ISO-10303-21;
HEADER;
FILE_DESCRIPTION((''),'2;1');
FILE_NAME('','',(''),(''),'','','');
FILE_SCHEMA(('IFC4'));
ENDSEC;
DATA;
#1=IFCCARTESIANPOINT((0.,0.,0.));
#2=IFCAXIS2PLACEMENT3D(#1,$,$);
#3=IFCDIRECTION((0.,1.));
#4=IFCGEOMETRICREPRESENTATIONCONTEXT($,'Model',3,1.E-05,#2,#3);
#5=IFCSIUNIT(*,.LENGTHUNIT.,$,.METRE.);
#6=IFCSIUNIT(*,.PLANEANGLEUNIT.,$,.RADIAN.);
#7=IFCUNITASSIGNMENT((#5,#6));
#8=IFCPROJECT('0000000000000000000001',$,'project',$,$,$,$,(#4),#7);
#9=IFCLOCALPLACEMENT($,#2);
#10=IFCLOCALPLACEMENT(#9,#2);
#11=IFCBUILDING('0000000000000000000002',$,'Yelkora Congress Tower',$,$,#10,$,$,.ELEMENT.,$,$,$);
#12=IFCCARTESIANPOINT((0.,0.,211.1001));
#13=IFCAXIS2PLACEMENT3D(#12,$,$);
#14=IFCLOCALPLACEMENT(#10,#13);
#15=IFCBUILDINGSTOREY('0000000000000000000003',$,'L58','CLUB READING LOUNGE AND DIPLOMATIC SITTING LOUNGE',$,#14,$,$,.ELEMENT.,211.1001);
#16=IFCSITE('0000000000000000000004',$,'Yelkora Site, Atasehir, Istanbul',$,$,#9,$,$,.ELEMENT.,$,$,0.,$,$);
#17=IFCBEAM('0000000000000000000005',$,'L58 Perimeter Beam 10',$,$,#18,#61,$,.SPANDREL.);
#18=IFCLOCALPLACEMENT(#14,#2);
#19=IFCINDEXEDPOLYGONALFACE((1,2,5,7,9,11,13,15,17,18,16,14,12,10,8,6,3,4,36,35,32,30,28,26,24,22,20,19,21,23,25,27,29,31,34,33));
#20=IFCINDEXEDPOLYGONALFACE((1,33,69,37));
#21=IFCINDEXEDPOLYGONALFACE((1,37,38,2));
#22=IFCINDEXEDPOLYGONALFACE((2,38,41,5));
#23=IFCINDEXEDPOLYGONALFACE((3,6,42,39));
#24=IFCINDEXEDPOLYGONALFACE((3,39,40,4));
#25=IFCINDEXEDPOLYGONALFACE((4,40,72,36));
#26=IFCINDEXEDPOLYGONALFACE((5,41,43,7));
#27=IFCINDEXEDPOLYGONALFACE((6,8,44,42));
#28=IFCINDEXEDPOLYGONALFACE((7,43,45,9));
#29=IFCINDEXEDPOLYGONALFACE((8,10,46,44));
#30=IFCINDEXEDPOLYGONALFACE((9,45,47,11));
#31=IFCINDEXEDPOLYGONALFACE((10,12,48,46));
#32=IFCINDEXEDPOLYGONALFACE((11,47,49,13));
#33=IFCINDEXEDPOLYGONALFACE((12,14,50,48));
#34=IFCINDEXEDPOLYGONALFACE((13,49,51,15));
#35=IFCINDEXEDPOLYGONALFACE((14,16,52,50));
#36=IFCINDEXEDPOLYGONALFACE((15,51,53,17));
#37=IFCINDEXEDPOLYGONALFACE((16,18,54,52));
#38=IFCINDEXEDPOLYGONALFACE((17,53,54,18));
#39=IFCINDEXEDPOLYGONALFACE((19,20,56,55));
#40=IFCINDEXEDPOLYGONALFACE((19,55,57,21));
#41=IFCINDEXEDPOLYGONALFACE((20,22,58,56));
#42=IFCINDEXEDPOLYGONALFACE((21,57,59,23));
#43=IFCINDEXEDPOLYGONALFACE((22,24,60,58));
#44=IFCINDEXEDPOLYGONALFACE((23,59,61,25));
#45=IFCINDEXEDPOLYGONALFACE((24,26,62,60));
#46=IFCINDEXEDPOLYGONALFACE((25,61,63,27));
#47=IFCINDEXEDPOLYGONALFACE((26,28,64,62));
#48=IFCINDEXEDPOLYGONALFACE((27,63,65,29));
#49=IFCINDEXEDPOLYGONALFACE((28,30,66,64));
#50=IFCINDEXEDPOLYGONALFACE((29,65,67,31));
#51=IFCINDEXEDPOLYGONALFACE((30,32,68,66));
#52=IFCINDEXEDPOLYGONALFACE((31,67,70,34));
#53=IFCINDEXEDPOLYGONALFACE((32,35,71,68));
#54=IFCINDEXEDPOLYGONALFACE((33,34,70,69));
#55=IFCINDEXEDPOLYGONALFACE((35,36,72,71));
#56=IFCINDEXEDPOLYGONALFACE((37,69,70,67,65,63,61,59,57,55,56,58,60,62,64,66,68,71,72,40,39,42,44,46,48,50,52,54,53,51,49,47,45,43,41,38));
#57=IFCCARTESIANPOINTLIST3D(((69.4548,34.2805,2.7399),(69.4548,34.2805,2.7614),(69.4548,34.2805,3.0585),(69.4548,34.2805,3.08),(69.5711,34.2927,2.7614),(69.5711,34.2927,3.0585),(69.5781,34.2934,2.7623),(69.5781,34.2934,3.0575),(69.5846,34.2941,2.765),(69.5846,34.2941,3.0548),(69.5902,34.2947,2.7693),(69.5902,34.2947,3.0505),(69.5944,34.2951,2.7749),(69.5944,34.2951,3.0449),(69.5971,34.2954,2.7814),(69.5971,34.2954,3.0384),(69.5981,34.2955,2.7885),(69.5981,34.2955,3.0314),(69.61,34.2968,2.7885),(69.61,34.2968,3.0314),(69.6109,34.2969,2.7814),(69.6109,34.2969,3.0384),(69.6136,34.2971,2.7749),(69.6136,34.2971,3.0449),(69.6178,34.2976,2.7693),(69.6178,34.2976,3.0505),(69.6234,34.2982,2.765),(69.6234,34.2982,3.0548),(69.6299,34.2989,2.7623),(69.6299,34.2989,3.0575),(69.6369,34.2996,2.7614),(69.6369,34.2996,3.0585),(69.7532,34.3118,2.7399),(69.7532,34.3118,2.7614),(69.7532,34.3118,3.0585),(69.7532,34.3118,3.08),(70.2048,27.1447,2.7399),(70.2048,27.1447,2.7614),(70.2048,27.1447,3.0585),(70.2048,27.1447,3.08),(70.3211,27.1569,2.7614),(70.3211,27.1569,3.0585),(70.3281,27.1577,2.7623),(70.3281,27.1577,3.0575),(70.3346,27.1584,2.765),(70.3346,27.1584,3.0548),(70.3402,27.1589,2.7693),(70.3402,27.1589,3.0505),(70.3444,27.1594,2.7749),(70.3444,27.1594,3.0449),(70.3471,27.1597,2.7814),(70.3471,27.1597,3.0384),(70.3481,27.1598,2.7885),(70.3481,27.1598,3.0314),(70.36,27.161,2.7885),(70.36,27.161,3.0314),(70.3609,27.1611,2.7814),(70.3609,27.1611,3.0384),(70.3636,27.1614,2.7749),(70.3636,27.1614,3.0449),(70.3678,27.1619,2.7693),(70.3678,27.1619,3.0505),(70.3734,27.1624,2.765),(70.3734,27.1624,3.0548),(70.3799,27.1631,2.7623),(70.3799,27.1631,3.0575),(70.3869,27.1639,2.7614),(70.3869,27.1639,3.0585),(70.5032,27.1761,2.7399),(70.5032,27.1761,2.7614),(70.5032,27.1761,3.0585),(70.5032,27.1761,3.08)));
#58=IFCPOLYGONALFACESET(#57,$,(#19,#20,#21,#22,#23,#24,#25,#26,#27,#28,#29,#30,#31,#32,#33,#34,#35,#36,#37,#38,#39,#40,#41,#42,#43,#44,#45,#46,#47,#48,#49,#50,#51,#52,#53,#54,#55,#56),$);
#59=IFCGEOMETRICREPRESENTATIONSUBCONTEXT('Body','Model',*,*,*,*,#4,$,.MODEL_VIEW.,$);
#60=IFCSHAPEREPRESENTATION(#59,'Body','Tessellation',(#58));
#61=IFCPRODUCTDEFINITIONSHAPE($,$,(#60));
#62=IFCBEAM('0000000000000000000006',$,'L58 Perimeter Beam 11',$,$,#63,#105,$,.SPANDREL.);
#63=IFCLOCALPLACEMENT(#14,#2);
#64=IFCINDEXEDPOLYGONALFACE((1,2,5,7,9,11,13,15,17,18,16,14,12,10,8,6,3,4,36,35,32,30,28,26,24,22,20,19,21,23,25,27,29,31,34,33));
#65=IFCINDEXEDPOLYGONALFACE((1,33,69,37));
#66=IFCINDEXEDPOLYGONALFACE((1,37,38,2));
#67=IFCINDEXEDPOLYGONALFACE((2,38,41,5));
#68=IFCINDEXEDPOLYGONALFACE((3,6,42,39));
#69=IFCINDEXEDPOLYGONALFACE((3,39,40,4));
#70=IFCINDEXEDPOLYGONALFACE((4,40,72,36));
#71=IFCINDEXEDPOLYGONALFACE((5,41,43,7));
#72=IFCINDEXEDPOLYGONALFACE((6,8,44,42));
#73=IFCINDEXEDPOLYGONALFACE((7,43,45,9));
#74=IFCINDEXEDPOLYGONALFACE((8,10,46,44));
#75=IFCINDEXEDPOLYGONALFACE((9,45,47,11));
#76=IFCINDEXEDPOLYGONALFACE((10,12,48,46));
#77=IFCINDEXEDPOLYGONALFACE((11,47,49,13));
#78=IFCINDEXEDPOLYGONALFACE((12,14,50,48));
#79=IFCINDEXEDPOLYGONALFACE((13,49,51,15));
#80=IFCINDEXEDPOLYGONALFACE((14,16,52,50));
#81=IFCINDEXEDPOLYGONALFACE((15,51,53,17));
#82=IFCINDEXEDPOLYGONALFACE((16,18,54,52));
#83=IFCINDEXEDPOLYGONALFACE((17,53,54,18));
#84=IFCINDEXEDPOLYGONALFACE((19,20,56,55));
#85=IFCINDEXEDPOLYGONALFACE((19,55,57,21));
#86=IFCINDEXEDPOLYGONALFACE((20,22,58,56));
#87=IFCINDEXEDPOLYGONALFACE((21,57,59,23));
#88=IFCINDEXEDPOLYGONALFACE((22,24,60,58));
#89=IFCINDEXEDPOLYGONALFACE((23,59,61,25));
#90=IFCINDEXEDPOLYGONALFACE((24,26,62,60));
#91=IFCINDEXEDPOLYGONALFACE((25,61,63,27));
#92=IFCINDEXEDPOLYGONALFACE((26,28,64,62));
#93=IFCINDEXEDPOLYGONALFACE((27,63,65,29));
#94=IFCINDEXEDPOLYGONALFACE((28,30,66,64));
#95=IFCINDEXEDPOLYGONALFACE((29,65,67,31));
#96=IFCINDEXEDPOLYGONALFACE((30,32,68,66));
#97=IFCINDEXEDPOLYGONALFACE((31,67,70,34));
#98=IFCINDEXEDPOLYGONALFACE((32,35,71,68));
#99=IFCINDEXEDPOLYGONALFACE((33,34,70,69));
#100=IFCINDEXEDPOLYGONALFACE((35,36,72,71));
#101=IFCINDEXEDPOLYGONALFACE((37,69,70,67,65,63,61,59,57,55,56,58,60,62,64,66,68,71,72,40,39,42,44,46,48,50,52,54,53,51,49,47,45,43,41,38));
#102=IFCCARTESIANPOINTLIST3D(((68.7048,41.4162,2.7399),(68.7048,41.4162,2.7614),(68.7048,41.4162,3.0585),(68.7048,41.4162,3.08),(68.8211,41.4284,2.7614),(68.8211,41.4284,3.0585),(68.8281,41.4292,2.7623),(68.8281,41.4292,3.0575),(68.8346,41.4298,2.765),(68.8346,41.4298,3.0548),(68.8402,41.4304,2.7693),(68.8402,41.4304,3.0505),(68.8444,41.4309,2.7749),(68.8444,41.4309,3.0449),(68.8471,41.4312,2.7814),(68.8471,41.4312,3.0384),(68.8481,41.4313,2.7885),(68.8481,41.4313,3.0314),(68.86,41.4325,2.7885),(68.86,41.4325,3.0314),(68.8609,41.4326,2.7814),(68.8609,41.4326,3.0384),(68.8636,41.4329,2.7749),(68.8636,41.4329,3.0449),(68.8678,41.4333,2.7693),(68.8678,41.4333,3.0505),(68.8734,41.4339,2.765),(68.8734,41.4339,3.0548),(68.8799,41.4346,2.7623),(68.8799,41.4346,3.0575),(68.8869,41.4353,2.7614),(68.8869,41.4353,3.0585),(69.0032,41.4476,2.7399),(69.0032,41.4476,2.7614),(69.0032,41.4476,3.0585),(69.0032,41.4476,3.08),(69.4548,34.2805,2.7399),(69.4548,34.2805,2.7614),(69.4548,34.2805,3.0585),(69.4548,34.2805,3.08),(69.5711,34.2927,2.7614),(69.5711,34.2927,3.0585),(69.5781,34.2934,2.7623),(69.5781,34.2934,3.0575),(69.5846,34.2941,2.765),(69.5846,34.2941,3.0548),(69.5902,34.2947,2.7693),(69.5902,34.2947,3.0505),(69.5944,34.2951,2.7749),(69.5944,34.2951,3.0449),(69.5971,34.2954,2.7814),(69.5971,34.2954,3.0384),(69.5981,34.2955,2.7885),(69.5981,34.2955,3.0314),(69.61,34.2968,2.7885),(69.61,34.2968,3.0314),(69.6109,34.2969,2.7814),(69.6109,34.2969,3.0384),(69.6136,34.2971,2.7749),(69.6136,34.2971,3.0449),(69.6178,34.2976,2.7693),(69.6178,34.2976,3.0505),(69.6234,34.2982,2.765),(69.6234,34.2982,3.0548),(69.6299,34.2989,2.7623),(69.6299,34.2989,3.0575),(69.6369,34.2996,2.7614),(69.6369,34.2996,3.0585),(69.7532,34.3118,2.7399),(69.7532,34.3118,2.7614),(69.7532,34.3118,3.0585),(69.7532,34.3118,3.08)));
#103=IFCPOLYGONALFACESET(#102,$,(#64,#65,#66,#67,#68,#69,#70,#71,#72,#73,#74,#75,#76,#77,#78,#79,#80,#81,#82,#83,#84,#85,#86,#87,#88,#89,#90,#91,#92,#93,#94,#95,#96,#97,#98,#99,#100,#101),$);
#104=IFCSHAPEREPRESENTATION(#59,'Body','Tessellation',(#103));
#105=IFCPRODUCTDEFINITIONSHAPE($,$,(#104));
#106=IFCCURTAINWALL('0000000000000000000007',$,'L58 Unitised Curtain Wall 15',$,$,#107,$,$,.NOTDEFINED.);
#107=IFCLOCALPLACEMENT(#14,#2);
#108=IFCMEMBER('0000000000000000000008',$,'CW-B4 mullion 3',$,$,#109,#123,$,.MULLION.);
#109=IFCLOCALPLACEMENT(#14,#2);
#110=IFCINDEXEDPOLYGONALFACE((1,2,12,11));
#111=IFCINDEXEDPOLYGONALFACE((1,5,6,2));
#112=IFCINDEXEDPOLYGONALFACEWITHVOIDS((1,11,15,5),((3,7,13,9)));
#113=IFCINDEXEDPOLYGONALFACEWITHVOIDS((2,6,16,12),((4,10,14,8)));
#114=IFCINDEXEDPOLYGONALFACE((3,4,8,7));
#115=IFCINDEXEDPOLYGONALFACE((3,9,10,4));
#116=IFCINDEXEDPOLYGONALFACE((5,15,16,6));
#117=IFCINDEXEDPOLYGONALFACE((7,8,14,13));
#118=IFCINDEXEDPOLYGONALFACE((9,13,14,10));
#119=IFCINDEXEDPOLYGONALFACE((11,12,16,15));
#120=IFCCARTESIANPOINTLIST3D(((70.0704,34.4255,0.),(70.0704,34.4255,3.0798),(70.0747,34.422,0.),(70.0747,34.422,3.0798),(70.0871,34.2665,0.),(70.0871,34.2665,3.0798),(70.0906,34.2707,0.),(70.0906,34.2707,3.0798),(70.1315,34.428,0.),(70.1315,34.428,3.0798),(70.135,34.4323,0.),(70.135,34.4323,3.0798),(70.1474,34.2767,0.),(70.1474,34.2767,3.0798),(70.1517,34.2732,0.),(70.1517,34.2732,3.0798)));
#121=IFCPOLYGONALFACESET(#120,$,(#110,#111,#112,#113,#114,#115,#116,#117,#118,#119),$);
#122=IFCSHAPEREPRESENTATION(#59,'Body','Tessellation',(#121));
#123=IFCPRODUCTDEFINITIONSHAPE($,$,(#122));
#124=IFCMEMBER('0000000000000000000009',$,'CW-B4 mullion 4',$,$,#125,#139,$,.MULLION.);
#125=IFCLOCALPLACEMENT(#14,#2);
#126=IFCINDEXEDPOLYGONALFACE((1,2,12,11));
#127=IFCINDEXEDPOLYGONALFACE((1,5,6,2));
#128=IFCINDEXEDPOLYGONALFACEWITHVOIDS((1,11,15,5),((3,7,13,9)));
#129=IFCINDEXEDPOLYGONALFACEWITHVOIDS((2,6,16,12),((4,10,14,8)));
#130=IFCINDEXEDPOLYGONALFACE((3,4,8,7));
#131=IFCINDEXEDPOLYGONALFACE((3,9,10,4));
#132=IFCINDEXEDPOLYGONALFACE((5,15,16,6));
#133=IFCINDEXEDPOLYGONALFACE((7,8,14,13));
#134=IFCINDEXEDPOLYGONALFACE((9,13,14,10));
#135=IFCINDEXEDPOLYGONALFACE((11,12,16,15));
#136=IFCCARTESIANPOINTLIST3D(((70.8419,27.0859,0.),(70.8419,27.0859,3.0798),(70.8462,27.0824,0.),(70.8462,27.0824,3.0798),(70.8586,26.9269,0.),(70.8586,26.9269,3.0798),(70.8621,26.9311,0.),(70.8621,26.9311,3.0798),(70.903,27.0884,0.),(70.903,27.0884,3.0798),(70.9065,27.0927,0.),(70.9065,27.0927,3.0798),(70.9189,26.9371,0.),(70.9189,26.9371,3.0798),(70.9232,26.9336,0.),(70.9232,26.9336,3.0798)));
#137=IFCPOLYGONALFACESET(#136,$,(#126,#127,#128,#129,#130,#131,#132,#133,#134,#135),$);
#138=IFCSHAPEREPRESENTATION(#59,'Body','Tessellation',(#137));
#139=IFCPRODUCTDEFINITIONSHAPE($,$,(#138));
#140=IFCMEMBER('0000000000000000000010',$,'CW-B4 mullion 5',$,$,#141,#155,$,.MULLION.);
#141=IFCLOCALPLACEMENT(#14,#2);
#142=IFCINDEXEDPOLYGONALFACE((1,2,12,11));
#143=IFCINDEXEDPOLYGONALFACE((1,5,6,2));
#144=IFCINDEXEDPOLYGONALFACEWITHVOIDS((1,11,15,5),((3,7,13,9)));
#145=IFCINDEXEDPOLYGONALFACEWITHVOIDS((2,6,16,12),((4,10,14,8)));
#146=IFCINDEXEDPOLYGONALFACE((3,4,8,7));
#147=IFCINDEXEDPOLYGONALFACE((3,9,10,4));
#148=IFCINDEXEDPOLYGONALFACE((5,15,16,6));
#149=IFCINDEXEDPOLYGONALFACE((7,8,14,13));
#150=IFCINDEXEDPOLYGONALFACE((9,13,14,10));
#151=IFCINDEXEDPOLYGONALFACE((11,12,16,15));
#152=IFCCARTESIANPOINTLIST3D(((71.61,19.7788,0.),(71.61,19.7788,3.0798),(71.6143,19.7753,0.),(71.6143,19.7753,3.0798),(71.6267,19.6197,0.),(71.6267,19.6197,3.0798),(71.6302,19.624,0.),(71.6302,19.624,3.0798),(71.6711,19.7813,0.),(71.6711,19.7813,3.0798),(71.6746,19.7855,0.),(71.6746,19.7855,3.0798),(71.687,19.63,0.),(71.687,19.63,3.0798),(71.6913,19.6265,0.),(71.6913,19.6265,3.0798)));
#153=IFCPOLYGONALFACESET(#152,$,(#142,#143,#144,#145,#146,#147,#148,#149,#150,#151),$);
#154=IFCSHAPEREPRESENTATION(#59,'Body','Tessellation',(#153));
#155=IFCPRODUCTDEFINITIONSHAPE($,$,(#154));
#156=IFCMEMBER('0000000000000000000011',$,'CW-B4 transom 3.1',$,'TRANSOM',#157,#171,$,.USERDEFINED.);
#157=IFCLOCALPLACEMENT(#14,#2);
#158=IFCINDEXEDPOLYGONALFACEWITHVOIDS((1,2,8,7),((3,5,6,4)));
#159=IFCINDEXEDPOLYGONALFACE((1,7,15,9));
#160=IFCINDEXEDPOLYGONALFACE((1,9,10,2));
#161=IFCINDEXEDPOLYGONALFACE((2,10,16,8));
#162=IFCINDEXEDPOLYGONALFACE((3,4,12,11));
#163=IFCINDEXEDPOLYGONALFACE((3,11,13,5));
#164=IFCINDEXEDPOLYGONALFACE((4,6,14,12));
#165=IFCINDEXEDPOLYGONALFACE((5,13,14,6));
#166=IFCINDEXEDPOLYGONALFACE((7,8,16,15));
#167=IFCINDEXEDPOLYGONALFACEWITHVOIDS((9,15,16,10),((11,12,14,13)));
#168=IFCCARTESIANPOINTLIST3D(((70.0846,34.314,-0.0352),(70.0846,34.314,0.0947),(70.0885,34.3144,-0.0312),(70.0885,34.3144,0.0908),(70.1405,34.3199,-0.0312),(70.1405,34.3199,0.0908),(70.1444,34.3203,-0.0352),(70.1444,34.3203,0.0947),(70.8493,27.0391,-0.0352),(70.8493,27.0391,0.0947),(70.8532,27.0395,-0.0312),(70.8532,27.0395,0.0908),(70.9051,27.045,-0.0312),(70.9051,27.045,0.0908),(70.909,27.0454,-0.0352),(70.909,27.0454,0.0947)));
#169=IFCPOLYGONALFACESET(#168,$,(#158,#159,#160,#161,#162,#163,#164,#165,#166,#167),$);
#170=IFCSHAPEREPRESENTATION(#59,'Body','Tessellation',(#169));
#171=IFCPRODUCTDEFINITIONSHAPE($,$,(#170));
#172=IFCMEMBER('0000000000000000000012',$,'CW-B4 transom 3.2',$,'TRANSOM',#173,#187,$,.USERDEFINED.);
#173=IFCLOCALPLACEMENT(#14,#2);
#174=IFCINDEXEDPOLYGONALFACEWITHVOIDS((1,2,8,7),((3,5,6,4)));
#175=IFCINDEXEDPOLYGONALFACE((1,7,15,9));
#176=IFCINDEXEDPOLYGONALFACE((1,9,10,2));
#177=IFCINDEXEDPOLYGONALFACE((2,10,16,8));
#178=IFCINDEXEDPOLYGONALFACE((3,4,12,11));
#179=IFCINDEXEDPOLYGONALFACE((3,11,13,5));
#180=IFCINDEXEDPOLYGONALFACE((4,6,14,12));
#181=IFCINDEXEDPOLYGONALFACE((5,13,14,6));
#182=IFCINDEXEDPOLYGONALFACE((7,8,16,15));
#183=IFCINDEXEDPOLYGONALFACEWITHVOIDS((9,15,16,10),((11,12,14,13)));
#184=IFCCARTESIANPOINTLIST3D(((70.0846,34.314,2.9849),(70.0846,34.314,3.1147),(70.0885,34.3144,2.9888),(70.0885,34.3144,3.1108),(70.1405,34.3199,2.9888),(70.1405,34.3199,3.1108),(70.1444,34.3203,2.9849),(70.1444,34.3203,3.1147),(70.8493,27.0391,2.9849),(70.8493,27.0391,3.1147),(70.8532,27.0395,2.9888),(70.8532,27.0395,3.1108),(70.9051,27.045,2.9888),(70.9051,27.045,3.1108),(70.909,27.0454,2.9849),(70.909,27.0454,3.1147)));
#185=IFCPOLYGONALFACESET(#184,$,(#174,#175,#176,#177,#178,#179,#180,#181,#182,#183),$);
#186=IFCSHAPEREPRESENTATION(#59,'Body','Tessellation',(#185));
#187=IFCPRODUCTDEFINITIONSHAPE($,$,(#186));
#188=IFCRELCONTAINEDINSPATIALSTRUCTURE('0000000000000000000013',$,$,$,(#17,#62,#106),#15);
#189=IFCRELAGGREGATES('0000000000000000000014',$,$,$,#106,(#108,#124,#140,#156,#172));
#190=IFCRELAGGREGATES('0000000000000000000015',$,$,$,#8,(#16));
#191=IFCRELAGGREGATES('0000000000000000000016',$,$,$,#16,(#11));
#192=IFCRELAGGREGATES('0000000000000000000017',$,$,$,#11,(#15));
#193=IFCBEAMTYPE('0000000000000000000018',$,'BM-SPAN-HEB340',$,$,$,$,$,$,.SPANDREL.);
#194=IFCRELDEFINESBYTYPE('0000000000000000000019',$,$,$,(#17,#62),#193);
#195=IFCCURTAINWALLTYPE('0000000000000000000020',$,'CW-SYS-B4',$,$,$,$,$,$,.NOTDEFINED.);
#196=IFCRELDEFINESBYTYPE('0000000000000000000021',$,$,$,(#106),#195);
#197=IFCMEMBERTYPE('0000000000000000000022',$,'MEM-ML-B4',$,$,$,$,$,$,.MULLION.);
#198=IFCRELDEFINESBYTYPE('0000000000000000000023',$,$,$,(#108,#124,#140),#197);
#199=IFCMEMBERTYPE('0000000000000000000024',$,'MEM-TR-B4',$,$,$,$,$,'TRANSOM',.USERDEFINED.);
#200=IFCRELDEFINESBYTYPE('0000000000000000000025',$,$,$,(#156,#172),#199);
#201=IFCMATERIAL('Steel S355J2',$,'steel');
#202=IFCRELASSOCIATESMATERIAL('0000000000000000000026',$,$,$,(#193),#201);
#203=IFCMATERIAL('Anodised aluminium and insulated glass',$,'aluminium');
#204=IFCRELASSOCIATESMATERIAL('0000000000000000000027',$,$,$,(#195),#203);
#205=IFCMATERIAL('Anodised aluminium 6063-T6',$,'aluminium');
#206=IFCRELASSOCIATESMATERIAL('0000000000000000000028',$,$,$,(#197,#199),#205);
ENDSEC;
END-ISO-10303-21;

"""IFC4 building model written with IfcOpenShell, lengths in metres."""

from ifc_helpers import new_model, si_unit, direction, frame, origin, origin_2d, place, context, subcontext, project, spatial, hollow_rectangle, i_section, extrude, material, material_profile, profile_set, type_object, element, aggregate, save


model = new_model("IFC4")

# Units and contexts
model_context = context("Model", 3, precision=1e-05, world=origin(), true_north=direction((0.0, 1.0)))
body_context = subcontext(model_context, "Body", "Model", "MODEL_VIEW")
ifc_project = project(units=[si_unit("LENGTHUNIT", "METRE"), si_unit("PLANEANGLEUNIT", "RADIAN")], contexts=[model_context])

# Site, building, storey
site_placement = place(None, origin())
site = spatial("IfcSite", under=ifc_project, at=site_placement, Name="Yelkora Site, Atasehir, Istanbul", CompositionType="ELEMENT", RefElevation=0.0)
building_placement = place(site_placement, origin())
building = spatial("IfcBuilding", under=site, at=building_placement, Name="Yelkora Congress Tower", CompositionType="ELEMENT")
storey_placement = place(building_placement, frame((0.0, 0.0, 211.1001)))
storey = spatial("IfcBuildingStorey", under=building, at=storey_placement, Name="L58", Description="CLUB READING LOUNGE AND DIPLOMATIC SITTING LOUNGE", CompositionType="ELEMENT", Elevation=211.1001)

# Shared definitions
ifc_material_1 = material(Name="Steel S355J2", Category="steel")

# Beams
ifc_material_profile_1 = material_profile(ifc_material_1, i_section(OverallWidth=0.3, OverallDepth=0.3401, WebThickness=0.012, FlangeThickness=0.0215, FilletRadius=0.0271, at=origin_2d()), Name="HEB 340")
ifc_profile_set_1 = profile_set([ifc_material_profile_1], Name="Steel S355J2")
beam_type_1 = type_object("IfcBeamType", Name="BM-SPAN-HEB340", PredefinedType="SPANDREL", material=ifc_profile_set_1)
for number, where, z_axis, x_axis, name in (
    (1, (70.354, 27.1604, 2.9099), (-0.104529, 0.994522, 0.0), (-0.994522, -0.104529, 0.0), "L58 Perimeter Beam 10"),
    (2, (69.604, 34.2961, 2.9099), (-0.104529, 0.994522, 0.0), (-0.994522, -0.104529, 0.0), "L58 Perimeter Beam 11"),
):
    element("IfcBeam", number, at=place(storey_placement, frame(where, z_axis=z_axis, x_axis=x_axis)), inside=storey, type_object=beam_type_1, Name=name, PredefinedType="SPANDREL", context=body_context, shape_type="SweptSolid", body=[
        extrude(i_section(OverallWidth=0.3, OverallDepth=0.3401, WebThickness=0.012, FlangeThickness=0.0215, FilletRadius=0.0271, at=origin_2d()), origin(), (0.0, 0.0, 1.0), 7.175),
    ])

# Curtain wall, members
ifc_material_2 = material(Name="Anodised aluminium and insulated glass", Category="aluminium")
curtain_wall_type = type_object("IfcCurtainWallType", Name="CW-SYS-B4", PredefinedType="NOTDEFINED", material=ifc_material_2)
curtain_wall_placement = place(storey_placement, origin())
curtain_wall = element("IfcCurtainWall", 3, at=curtain_wall_placement, inside=storey, type_object=curtain_wall_type, Name="L58 Unitised Curtain Wall 15", PredefinedType="NOTDEFINED")
ifc_material_3 = material(Name="Anodised aluminium 6063-T6", Category="aluminium")
ifc_material_profile_2 = material_profile(ifc_material_3, hollow_rectangle(XDim=0.0649, YDim=0.1599, WallThickness=0.0039, at=origin_2d()), Name="ALU 65x160x4")
ifc_profile_set_2 = profile_set([ifc_material_profile_2], Name="Anodised aluminium 6063-T6")
member_type_1 = type_object("IfcMemberType", Name="MEM-ML-B4", PredefinedType="MULLION", material=ifc_profile_set_2)
member_1_placement = place(storey_placement, frame((70.1111, 34.3494, 0.0), z_axis=(0.0, 0.0, 1.0), x_axis=(0.994522, 0.104526, 0.0)))
member_1 = element("IfcMember", 4, at=member_1_placement, type_object=member_type_1, Name="CW-B4 mullion 3", PredefinedType="MULLION", context=body_context, shape_type="SweptSolid", body=[
    extrude(hollow_rectangle(XDim=0.0649, YDim=0.1599, WallThickness=0.0039, at=origin_2d()), origin(), (0.0, 0.0, 1.0), 3.0798),
])
member_2_placement = place(storey_placement, frame((70.8826, 27.0098, 0.0), z_axis=(0.0, 0.0, 1.0), x_axis=(0.994522, 0.104526, 0.0)))
member_2 = element("IfcMember", 5, at=member_2_placement, type_object=member_type_1, Name="CW-B4 mullion 4", PredefinedType="MULLION", context=body_context, shape_type="SweptSolid", body=[
    extrude(hollow_rectangle(XDim=0.0649, YDim=0.1599, WallThickness=0.0039, at=origin_2d()), origin(), (0.0, 0.0, 1.0), 3.0798),
])
member_3_placement = place(storey_placement, frame((71.6506, 19.7026, 0.0), z_axis=(0.0, 0.0, 1.0), x_axis=(0.994522, 0.104526, 0.0)))
member_3 = element("IfcMember", 6, at=member_3_placement, type_object=member_type_1, Name="CW-B4 mullion 5", PredefinedType="MULLION", context=body_context, shape_type="SweptSolid", body=[
    extrude(hollow_rectangle(XDim=0.0649, YDim=0.1599, WallThickness=0.0039, at=origin_2d()), origin(), (0.0, 0.0, 1.0), 3.0798),
])
ifc_material_profile_3 = material_profile(ifc_material_3, hollow_rectangle(XDim=0.0601, YDim=0.1299, WallThickness=0.0039, at=origin_2d()), Name="ALU 60x130x4")
ifc_profile_set_3 = profile_set([ifc_material_profile_3], Name="Anodised aluminium 6063-T6")
member_type_2 = type_object("IfcMemberType", Name="MEM-TR-B4", ElementType="TRANSOM", PredefinedType="USERDEFINED", material=ifc_profile_set_3)
member_4_placement = place(storey_placement, frame((70.1145, 34.3171, 0.0298), z_axis=(0.104532, -0.994522, 0.0), x_axis=(0.994522, 0.104532, 0.0)))
member_4 = element("IfcMember", 7, at=member_4_placement, type_object=member_type_2, Name="CW-B4 transom 3.1", ObjectType="TRANSOM", PredefinedType="USERDEFINED", context=body_context, shape_type="SweptSolid", body=[
    extrude(hollow_rectangle(XDim=0.0601, YDim=0.1299, WallThickness=0.0039, at=origin_2d()), origin(), (0.0, 0.0, 1.0), 7.3149),
])
member_5_placement = place(storey_placement, frame((70.1145, 34.3171, 3.0498), z_axis=(0.104532, -0.994522, 0.0), x_axis=(0.994522, 0.104532, 0.0)))
member_5 = element("IfcMember", 8, at=member_5_placement, type_object=member_type_2, Name="CW-B4 transom 3.2", ObjectType="TRANSOM", PredefinedType="USERDEFINED", context=body_context, shape_type="SweptSolid", body=[
    extrude(hollow_rectangle(XDim=0.0601, YDim=0.1299, WallThickness=0.0039, at=origin_2d()), origin(), (0.0, 0.0, 1.0), 7.3149),
])
aggregate(curtain_wall, [member_1, member_2, member_3, member_4, member_5])

save(model, "model.ifc")
